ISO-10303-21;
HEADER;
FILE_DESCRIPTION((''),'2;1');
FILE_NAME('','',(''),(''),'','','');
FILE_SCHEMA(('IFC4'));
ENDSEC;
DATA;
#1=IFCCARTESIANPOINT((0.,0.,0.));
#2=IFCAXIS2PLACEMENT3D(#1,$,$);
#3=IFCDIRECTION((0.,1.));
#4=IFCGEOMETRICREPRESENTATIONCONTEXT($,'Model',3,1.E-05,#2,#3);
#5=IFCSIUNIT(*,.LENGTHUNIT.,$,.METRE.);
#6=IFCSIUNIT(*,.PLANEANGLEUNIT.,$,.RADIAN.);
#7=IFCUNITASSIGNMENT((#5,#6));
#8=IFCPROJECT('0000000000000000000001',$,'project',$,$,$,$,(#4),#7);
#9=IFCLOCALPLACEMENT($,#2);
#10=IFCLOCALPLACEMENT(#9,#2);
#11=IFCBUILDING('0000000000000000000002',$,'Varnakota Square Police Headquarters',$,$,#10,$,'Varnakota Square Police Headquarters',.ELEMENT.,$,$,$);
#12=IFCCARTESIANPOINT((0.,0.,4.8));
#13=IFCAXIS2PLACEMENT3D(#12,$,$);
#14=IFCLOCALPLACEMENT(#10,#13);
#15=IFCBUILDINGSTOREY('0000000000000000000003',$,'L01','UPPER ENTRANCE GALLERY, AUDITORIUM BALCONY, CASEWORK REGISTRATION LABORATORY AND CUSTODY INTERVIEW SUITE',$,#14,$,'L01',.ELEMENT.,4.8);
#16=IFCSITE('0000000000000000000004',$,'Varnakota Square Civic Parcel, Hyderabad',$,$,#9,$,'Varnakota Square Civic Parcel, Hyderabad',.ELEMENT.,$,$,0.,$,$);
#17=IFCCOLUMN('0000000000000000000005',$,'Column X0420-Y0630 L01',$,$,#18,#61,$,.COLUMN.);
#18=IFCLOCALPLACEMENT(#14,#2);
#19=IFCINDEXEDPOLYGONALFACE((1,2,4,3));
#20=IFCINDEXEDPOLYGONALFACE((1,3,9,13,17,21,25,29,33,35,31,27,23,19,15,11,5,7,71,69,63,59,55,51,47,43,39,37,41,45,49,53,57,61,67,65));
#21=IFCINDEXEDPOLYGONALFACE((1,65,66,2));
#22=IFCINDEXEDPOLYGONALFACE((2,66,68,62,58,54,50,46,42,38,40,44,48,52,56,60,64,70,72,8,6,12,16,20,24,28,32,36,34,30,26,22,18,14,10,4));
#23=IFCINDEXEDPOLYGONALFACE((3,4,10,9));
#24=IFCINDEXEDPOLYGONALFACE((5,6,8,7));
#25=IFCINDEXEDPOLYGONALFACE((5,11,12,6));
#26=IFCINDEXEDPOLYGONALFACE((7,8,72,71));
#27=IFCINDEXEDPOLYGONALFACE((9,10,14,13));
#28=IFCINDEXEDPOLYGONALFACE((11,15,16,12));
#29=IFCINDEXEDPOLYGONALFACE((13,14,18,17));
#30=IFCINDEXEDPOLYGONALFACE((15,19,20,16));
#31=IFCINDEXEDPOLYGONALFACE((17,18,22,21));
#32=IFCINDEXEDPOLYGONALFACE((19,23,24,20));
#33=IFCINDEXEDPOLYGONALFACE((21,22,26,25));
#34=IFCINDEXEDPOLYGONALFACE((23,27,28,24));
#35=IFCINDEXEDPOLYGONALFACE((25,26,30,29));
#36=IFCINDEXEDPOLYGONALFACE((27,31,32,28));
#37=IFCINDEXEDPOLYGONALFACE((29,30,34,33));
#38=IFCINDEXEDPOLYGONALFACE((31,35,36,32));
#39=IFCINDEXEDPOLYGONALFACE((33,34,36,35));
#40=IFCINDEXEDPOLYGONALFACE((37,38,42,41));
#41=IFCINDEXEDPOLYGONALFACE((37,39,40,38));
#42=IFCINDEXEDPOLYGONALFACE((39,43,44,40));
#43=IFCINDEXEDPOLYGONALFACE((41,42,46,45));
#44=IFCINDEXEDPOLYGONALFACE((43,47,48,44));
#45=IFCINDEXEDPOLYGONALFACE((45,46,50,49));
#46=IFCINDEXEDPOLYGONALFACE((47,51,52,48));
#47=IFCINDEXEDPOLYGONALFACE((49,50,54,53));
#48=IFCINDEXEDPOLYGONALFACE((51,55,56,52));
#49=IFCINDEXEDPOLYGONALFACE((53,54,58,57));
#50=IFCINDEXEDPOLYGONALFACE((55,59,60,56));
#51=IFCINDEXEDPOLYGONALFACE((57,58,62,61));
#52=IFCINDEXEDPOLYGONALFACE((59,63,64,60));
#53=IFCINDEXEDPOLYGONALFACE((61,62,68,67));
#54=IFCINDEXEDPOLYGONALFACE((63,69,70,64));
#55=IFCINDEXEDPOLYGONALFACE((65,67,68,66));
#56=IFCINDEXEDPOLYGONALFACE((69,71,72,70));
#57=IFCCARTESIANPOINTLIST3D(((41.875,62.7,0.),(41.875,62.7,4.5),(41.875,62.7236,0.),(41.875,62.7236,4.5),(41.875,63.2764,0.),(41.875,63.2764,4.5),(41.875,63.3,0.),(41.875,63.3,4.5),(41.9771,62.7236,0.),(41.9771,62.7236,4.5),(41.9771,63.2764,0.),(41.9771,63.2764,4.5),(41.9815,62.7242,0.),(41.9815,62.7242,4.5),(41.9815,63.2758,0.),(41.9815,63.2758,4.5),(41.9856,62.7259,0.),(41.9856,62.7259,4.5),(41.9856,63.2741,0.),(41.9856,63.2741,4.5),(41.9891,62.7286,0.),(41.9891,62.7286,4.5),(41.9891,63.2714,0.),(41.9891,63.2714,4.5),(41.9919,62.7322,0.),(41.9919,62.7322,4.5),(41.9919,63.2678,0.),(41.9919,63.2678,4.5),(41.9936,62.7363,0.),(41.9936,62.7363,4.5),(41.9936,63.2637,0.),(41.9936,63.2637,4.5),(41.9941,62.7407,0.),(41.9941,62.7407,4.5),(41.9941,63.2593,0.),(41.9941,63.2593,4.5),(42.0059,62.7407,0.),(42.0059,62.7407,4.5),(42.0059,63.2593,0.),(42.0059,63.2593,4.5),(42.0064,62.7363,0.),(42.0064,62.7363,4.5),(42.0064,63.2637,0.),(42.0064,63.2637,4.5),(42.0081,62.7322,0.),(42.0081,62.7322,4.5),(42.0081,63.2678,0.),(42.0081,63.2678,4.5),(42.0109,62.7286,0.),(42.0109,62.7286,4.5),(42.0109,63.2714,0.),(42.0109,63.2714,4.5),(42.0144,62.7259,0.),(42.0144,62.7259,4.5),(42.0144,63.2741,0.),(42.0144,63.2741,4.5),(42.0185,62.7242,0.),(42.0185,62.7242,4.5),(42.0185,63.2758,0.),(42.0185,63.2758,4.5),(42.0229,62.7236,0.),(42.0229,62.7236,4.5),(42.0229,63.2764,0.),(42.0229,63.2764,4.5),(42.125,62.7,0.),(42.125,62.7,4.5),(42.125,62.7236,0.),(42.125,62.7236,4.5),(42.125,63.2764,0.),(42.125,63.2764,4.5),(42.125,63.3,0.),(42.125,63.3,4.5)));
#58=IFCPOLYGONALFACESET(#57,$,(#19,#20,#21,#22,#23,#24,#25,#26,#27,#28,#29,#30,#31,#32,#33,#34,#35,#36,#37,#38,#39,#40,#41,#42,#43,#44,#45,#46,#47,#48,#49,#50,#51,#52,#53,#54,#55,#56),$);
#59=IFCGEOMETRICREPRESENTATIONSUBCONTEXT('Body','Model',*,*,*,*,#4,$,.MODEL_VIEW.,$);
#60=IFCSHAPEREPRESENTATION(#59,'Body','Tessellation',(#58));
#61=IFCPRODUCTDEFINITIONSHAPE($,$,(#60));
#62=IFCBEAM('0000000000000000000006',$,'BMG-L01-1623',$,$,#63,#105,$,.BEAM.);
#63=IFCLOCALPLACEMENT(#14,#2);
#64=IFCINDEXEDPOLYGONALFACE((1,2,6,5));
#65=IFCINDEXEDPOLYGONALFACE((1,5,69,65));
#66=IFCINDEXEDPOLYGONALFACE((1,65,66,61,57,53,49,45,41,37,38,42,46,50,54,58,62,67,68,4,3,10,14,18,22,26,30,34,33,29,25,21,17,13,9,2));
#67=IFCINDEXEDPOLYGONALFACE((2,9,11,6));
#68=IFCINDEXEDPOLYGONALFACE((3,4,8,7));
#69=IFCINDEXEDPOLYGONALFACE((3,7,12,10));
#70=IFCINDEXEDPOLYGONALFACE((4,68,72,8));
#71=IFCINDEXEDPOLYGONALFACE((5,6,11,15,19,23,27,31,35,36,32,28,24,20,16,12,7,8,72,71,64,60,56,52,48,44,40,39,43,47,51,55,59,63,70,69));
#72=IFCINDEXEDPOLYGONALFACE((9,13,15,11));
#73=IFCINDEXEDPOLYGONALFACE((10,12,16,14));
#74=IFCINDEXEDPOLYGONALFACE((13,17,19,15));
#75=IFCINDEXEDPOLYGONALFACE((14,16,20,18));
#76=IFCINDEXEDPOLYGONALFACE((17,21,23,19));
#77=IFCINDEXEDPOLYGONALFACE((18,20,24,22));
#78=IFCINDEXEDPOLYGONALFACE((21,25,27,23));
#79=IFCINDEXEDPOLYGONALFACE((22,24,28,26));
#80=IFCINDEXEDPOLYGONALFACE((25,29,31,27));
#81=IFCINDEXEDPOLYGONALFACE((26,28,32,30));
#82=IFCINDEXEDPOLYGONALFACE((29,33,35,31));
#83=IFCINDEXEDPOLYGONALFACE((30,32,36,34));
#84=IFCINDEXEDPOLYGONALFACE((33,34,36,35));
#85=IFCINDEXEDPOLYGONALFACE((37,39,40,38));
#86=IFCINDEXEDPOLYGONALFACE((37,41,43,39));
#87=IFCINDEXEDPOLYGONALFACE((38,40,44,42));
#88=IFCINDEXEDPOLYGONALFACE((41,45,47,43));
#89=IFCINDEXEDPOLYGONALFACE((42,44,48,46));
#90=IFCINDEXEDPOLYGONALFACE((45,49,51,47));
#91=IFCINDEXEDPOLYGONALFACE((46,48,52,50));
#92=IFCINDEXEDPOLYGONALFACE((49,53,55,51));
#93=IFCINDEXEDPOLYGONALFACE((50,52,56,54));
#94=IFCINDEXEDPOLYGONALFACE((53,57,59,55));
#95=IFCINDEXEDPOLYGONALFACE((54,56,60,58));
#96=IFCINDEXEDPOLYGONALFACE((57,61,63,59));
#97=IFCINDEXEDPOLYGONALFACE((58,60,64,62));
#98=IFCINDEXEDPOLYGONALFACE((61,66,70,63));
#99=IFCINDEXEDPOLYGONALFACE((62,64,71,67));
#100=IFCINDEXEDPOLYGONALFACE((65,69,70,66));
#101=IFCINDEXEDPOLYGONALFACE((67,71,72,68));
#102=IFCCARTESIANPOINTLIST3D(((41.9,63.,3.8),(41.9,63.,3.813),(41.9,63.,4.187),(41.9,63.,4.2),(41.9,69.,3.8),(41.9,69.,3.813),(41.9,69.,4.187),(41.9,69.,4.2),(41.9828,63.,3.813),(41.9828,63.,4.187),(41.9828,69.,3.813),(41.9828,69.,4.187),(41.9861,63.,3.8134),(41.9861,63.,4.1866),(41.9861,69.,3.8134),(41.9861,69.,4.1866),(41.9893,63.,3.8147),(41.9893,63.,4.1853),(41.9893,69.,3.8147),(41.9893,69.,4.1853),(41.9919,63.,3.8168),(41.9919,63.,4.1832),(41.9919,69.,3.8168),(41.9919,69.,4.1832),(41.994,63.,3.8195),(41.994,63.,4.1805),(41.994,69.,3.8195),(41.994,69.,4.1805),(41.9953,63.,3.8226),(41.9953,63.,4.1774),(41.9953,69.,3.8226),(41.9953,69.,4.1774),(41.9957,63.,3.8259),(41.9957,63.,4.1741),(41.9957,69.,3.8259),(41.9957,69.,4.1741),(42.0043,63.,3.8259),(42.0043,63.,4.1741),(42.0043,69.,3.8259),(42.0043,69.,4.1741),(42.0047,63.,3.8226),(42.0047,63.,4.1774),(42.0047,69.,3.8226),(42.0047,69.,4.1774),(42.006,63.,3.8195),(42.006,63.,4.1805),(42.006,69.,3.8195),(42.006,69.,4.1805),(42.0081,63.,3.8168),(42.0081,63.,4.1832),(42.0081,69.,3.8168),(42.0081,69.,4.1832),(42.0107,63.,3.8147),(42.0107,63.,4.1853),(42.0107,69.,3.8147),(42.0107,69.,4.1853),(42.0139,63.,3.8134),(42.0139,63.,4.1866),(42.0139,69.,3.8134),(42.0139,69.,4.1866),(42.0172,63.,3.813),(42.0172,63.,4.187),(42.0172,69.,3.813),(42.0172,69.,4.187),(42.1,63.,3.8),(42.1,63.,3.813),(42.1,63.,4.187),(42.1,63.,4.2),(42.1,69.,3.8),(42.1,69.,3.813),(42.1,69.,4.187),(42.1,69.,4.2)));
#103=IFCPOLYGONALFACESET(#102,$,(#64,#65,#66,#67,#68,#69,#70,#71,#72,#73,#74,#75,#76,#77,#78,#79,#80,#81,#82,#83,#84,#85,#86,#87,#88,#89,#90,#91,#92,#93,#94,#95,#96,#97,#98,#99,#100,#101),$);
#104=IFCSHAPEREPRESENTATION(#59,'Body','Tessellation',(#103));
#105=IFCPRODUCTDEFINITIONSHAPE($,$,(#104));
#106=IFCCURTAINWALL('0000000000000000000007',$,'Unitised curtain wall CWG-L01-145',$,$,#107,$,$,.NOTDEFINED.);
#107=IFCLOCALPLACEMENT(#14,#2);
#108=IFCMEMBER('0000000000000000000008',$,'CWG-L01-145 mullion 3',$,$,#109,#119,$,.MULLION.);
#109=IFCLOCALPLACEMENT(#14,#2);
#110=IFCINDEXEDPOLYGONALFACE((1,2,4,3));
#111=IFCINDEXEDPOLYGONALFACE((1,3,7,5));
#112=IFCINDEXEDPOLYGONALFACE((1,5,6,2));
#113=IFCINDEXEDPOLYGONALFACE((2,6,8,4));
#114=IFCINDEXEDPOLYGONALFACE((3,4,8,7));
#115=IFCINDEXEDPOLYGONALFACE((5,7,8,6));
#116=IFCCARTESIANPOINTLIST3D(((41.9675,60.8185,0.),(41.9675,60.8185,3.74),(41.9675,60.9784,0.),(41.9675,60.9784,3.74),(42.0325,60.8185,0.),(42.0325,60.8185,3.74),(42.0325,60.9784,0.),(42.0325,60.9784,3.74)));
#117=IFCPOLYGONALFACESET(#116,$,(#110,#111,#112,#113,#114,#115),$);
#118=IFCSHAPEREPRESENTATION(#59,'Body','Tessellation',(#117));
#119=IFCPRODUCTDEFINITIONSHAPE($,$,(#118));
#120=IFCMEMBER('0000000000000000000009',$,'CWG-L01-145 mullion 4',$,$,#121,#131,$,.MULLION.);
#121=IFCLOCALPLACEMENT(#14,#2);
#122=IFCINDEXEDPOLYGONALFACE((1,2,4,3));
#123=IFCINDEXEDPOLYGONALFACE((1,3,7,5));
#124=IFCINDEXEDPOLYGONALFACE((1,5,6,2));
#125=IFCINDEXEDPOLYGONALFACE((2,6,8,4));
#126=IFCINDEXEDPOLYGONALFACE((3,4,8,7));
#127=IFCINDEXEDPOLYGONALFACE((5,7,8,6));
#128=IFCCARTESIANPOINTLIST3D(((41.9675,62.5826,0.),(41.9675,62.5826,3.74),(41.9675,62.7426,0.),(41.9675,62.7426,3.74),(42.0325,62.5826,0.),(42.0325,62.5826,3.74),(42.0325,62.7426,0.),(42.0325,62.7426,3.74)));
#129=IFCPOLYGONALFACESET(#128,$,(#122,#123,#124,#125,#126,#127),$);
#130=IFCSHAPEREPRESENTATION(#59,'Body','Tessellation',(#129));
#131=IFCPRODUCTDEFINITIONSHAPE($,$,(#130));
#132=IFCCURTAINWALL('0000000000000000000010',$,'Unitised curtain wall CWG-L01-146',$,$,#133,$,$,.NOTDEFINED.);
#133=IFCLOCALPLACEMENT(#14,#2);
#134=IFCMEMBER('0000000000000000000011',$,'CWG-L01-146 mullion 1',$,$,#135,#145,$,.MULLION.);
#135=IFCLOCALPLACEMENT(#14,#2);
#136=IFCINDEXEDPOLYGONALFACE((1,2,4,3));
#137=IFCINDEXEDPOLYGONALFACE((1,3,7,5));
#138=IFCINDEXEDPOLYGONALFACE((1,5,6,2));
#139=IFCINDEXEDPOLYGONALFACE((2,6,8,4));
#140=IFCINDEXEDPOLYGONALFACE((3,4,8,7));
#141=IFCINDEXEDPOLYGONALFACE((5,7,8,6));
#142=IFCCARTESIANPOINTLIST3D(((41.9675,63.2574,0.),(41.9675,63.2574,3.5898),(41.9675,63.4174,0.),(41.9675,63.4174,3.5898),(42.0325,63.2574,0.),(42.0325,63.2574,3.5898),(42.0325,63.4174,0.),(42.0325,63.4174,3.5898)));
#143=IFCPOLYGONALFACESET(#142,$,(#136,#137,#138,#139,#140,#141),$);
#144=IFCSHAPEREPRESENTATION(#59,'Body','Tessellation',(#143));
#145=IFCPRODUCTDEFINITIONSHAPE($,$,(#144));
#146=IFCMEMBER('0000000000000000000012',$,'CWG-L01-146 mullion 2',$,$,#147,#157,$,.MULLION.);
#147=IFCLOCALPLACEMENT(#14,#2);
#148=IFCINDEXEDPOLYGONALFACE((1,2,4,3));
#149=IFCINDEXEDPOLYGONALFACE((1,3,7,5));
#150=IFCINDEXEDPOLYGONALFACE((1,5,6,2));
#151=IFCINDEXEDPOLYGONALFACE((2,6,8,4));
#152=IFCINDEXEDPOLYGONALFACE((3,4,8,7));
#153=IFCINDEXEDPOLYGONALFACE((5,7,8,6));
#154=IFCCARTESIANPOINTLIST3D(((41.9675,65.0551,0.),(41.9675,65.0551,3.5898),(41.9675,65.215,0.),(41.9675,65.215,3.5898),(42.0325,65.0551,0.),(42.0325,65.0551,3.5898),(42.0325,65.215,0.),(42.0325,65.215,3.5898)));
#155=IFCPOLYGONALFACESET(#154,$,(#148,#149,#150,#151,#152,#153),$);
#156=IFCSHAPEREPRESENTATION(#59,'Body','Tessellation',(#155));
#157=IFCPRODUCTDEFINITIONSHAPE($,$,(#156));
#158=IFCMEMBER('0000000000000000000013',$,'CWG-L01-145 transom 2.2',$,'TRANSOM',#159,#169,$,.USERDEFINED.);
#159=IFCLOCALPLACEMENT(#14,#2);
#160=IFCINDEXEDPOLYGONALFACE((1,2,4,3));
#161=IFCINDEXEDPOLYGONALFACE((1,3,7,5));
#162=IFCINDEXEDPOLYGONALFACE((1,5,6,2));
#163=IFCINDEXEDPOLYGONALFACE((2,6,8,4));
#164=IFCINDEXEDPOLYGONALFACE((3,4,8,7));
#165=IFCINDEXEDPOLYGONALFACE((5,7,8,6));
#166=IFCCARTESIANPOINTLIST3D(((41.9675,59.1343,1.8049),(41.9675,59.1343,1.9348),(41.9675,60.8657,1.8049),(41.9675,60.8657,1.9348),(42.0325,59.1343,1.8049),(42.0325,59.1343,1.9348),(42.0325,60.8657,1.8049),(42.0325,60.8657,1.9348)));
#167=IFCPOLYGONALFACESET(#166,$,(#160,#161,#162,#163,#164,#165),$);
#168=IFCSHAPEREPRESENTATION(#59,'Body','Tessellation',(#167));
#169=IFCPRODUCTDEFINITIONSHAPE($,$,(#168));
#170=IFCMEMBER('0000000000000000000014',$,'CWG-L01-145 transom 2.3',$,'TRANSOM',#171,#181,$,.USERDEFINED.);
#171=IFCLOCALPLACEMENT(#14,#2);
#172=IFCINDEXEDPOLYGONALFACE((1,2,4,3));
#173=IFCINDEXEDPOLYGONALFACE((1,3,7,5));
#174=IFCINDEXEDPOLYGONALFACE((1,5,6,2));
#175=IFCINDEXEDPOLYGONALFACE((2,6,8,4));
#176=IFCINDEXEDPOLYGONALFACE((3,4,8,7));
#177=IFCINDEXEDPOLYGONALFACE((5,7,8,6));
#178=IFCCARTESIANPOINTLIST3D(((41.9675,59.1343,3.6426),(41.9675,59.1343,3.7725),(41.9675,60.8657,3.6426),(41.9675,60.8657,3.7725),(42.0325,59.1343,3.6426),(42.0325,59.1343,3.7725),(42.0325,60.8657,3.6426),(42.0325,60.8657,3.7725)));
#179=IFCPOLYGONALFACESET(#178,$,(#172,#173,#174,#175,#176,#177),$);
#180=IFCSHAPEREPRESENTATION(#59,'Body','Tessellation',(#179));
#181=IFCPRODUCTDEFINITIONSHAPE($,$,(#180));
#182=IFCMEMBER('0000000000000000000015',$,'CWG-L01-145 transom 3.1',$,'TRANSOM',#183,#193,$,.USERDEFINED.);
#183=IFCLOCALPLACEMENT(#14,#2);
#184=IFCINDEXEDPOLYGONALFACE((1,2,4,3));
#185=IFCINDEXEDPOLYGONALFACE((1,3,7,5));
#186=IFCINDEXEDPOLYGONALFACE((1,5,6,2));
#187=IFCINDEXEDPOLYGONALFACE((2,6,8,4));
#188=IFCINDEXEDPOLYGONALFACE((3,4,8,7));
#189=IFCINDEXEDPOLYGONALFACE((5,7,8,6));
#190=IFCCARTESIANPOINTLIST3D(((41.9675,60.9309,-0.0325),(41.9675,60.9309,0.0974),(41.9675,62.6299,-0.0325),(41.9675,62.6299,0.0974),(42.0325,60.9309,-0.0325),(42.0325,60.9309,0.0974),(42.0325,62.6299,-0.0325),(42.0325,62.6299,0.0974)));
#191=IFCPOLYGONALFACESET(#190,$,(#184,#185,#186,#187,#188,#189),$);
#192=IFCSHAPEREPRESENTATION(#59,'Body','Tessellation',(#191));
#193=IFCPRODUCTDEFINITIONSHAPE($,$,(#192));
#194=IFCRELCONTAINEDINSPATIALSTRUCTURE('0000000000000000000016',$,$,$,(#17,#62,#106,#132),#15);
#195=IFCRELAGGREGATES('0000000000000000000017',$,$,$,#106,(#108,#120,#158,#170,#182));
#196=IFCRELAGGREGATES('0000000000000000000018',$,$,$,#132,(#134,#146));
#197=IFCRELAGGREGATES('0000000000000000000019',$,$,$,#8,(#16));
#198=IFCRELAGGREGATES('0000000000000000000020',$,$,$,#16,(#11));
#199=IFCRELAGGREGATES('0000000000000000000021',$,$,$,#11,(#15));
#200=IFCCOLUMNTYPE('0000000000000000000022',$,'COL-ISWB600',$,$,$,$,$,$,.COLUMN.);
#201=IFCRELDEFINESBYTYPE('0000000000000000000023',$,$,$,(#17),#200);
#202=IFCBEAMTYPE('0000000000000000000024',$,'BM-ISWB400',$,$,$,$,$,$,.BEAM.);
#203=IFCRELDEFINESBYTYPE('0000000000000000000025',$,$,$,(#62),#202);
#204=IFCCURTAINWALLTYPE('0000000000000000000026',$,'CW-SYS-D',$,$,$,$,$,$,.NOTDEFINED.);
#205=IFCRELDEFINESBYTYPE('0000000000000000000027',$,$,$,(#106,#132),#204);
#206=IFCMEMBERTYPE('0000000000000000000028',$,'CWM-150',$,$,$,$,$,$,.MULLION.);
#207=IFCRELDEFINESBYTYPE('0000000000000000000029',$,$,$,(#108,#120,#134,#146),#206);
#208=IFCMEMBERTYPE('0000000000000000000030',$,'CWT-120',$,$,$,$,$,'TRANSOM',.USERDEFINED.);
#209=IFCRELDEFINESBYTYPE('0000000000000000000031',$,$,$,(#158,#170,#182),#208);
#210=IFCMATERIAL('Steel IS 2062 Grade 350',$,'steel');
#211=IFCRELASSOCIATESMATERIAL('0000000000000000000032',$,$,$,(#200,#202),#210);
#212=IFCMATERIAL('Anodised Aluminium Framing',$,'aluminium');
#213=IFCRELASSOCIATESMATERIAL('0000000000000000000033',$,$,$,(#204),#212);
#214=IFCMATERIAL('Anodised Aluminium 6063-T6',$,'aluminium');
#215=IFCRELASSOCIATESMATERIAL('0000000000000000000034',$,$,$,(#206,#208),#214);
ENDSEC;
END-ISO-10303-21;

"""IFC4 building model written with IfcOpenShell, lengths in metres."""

from ifc_helpers import new_model, si_unit, direction, frame, origin, origin_2d, place, context, subcontext, project, spatial, rectangle, i_section, extrude, material, material_profile, profile_set, type_object, element, aggregate, save


model = new_model("IFC4")

# Units and contexts
model_context = context("Model", 3, precision=1e-05, world=origin(), true_north=direction((0.0, 1.0)))
body_context = subcontext(model_context, "Body", "Model", "MODEL_VIEW")
ifc_project = project(units=[si_unit("LENGTHUNIT", "METRE"), si_unit("PLANEANGLEUNIT", "RADIAN")], contexts=[model_context])

# Site, building, storey
site_placement = place(None, origin())
site = spatial("IfcSite", under=ifc_project, at=site_placement, Name="Varnakota Square Civic Parcel, Hyderabad", LongName="Varnakota Square Civic Parcel, Hyderabad", CompositionType="ELEMENT", RefElevation=0.0)
building_placement = place(site_placement, origin())
building = spatial("IfcBuilding", under=site, at=building_placement, Name="Varnakota Square Police Headquarters", LongName="Varnakota Square Police Headquarters", CompositionType="ELEMENT")
storey_placement = place(building_placement, frame((0.0, 0.0, 4.8)))
storey = spatial("IfcBuildingStorey", under=building, at=storey_placement, Name="L01", Description="UPPER ENTRANCE GALLERY, AUDITORIUM BALCONY, CASEWORK REGISTRATION LABORATORY AND CUSTODY INTERVIEW SUITE", LongName="L01", CompositionType="ELEMENT", Elevation=4.8)

# Column
ifc_material_1 = material(Name="Steel IS 2062 Grade 350", Category="steel")
ifc_material_profile_1 = material_profile(ifc_material_1, i_section(OverallWidth=0.25, OverallDepth=0.6001, WebThickness=0.0117, FlangeThickness=0.0237, FilletRadius=0.0171, at=origin_2d()), Name="ISWB 600")
ifc_profile_set_1 = profile_set([ifc_material_profile_1], Name="Steel IS 2062 Grade 350")
column_type = type_object("IfcColumnType", Name="COL-ISWB600", PredefinedType="COLUMN", material=ifc_profile_set_1)
column_placement = place(storey_placement, frame((42.0, 63.0, 0.0), z_axis=(0.0, 0.0, 1.0), x_axis=(1.0, 0.0, 0.0)))
element("IfcColumn", 1, at=column_placement, inside=storey, type_object=column_type, Name="Column X0420-Y0630 L01", PredefinedType="COLUMN", context=body_context, shape_type="SweptSolid", body=[
    extrude(i_section(OverallWidth=0.25, OverallDepth=0.6001, WebThickness=0.0117, FlangeThickness=0.0237, FilletRadius=0.0171, at=origin_2d()), origin(), (0.0, 0.0, 1.0), 4.5),
])

# Beam
ifc_material_profile_2 = material_profile(ifc_material_1, i_section(OverallWidth=0.2, OverallDepth=0.3999, WebThickness=0.0085, FlangeThickness=0.0129, FilletRadius=0.0129, at=origin_2d()), Name="ISWB 400")
ifc_profile_set_2 = profile_set([ifc_material_profile_2], Name="Steel IS 2062 Grade 350")
beam_type = type_object("IfcBeamType", Name="BM-ISWB400", PredefinedType="BEAM", material=ifc_profile_set_2)
beam_placement = place(storey_placement, frame((42.0, 63.0, 4.0), z_axis=(0.0, 1.0, 0.0), x_axis=(-1.0, 0.0, 0.0)))
element("IfcBeam", 2, at=beam_placement, inside=storey, type_object=beam_type, Name="BMG-L01-1623", PredefinedType="BEAM", context=body_context, shape_type="SweptSolid", body=[
    extrude(i_section(OverallWidth=0.2, OverallDepth=0.3999, WebThickness=0.0085, FlangeThickness=0.0129, FilletRadius=0.0129, at=origin_2d()), origin(), (0.0, 0.0, 1.0), 6.0),
])

# Curtain walls, members
ifc_material_2 = material(Name="Anodised Aluminium Framing", Category="aluminium")
curtain_wall_type = type_object("IfcCurtainWallType", Name="CW-SYS-D", PredefinedType="NOTDEFINED", material=ifc_material_2)
curtain_wall_1_placement = place(storey_placement, origin())
curtain_wall_1 = element("IfcCurtainWall", 3, at=curtain_wall_1_placement, inside=storey, type_object=curtain_wall_type, Name="Unitised curtain wall CWG-L01-145", PredefinedType="NOTDEFINED")
ifc_material_3 = material(Name="Anodised Aluminium 6063-T6", Category="aluminium")
ifc_material_profile_3 = material_profile(ifc_material_3, rectangle(XDim=0.0649, YDim=0.1599, at=origin_2d()), Name="ALU MULLION 65x160")
ifc_profile_set_3 = profile_set([ifc_material_profile_3], Name="Anodised Aluminium 6063-T6")
member_type_1 = type_object("IfcMemberType", Name="CWM-150", PredefinedType="MULLION", material=ifc_profile_set_3)
member_1_placement = place(storey_placement, frame((42.0, 60.8984, 0.0), z_axis=(0.0, 0.0, 1.0), x_axis=(-1.0, 0.0, 0.0)))
member_1 = element("IfcMember", 4, at=member_1_placement, type_object=member_type_1, Name="CWG-L01-145 mullion 3", PredefinedType="MULLION", context=body_context, shape_type="SweptSolid", body=[
    extrude(rectangle(XDim=0.0649, YDim=0.1599, at=origin_2d()), origin(), (0.0, 0.0, 1.0), 3.74),
])
member_2_placement = place(storey_placement, frame((42.0, 62.6626, 0.0), z_axis=(0.0, 0.0, 1.0), x_axis=(-1.0, 0.0, 0.0)))
member_2 = element("IfcMember", 5, at=member_2_placement, type_object=member_type_1, Name="CWG-L01-145 mullion 4", PredefinedType="MULLION", context=body_context, shape_type="SweptSolid", body=[
    extrude(rectangle(XDim=0.0649, YDim=0.1599, at=origin_2d()), origin(), (0.0, 0.0, 1.0), 3.74),
])
curtain_wall_2_placement = place(storey_placement, origin())
curtain_wall_2 = element("IfcCurtainWall", 6, at=curtain_wall_2_placement, inside=storey, type_object=curtain_wall_type, Name="Unitised curtain wall CWG-L01-146", PredefinedType="NOTDEFINED")
member_3_placement = place(storey_placement, frame((42.0, 63.3374, 0.0), z_axis=(0.0, 0.0, 1.0), x_axis=(-1.0, 0.0, 0.0)))
member_3 = element("IfcMember", 7, at=member_3_placement, type_object=member_type_1, Name="CWG-L01-146 mullion 1", PredefinedType="MULLION", context=body_context, shape_type="SweptSolid", body=[
    extrude(rectangle(XDim=0.0649, YDim=0.1599, at=origin_2d()), origin(), (0.0, 0.0, 1.0), 3.5898),
])
member_4_placement = place(storey_placement, frame((42.0, 65.135, 0.0), z_axis=(0.0, 0.0, 1.0), x_axis=(-1.0, 0.0, 0.0)))
member_4 = element("IfcMember", 8, at=member_4_placement, type_object=member_type_1, Name="CWG-L01-146 mullion 2", PredefinedType="MULLION", context=body_context, shape_type="SweptSolid", body=[
    extrude(rectangle(XDim=0.0649, YDim=0.1599, at=origin_2d()), origin(), (0.0, 0.0, 1.0), 3.5898),
])

# Members
ifc_material_profile_4 = material_profile(ifc_material_3, rectangle(XDim=0.0649, YDim=0.1299, at=origin_2d()), Name="ALU TRANSOM 65x130")
ifc_profile_set_4 = profile_set([ifc_material_profile_4], Name="Anodised Aluminium 6063-T6")
member_type_2 = type_object("IfcMemberType", Name="CWT-120", ElementType="TRANSOM", PredefinedType="USERDEFINED", material=ifc_profile_set_4)
member_5_placement = place(storey_placement, frame((42.0, 59.1343, 1.8699), z_axis=(0.0, 1.0, 0.0), x_axis=(-1.0, 0.0, 0.0)))
member_5 = element("IfcMember", 9, at=member_5_placement, type_object=member_type_2, Name="CWG-L01-145 transom 2.2", ObjectType="TRANSOM", PredefinedType="USERDEFINED", context=body_context, shape_type="SweptSolid", body=[
    extrude(rectangle(XDim=0.0649, YDim=0.1299, at=origin_2d()), origin(), (0.0, 0.0, 1.0), 1.7314),
])
member_6_placement = place(storey_placement, frame((42.0, 59.1343, 3.7075), z_axis=(0.0, 1.0, 0.0), x_axis=(-1.0, 0.0, 0.0)))
member_6 = element("IfcMember", 10, at=member_6_placement, type_object=member_type_2, Name="CWG-L01-145 transom 2.3", ObjectType="TRANSOM", PredefinedType="USERDEFINED", context=body_context, shape_type="SweptSolid", body=[
    extrude(rectangle(XDim=0.0649, YDim=0.1299, at=origin_2d()), origin(), (0.0, 0.0, 1.0), 1.7314),
])
member_7_placement = place(storey_placement, frame((42.0, 60.9309, 0.0325), z_axis=(0.0, 1.0, 0.0), x_axis=(-1.0, 0.0, 0.0)))
member_7 = element("IfcMember", 11, at=member_7_placement, type_object=member_type_2, Name="CWG-L01-145 transom 3.1", ObjectType="TRANSOM", PredefinedType="USERDEFINED", context=body_context, shape_type="SweptSolid", body=[
    extrude(rectangle(XDim=0.0649, YDim=0.1299, at=origin_2d()), origin(), (0.0, 0.0, 1.0), 1.699),
])

aggregate(curtain_wall_1, [member_1, member_2, member_5, member_6, member_7])
aggregate(curtain_wall_2, [member_3, member_4])

save(model, "model.ifc")
